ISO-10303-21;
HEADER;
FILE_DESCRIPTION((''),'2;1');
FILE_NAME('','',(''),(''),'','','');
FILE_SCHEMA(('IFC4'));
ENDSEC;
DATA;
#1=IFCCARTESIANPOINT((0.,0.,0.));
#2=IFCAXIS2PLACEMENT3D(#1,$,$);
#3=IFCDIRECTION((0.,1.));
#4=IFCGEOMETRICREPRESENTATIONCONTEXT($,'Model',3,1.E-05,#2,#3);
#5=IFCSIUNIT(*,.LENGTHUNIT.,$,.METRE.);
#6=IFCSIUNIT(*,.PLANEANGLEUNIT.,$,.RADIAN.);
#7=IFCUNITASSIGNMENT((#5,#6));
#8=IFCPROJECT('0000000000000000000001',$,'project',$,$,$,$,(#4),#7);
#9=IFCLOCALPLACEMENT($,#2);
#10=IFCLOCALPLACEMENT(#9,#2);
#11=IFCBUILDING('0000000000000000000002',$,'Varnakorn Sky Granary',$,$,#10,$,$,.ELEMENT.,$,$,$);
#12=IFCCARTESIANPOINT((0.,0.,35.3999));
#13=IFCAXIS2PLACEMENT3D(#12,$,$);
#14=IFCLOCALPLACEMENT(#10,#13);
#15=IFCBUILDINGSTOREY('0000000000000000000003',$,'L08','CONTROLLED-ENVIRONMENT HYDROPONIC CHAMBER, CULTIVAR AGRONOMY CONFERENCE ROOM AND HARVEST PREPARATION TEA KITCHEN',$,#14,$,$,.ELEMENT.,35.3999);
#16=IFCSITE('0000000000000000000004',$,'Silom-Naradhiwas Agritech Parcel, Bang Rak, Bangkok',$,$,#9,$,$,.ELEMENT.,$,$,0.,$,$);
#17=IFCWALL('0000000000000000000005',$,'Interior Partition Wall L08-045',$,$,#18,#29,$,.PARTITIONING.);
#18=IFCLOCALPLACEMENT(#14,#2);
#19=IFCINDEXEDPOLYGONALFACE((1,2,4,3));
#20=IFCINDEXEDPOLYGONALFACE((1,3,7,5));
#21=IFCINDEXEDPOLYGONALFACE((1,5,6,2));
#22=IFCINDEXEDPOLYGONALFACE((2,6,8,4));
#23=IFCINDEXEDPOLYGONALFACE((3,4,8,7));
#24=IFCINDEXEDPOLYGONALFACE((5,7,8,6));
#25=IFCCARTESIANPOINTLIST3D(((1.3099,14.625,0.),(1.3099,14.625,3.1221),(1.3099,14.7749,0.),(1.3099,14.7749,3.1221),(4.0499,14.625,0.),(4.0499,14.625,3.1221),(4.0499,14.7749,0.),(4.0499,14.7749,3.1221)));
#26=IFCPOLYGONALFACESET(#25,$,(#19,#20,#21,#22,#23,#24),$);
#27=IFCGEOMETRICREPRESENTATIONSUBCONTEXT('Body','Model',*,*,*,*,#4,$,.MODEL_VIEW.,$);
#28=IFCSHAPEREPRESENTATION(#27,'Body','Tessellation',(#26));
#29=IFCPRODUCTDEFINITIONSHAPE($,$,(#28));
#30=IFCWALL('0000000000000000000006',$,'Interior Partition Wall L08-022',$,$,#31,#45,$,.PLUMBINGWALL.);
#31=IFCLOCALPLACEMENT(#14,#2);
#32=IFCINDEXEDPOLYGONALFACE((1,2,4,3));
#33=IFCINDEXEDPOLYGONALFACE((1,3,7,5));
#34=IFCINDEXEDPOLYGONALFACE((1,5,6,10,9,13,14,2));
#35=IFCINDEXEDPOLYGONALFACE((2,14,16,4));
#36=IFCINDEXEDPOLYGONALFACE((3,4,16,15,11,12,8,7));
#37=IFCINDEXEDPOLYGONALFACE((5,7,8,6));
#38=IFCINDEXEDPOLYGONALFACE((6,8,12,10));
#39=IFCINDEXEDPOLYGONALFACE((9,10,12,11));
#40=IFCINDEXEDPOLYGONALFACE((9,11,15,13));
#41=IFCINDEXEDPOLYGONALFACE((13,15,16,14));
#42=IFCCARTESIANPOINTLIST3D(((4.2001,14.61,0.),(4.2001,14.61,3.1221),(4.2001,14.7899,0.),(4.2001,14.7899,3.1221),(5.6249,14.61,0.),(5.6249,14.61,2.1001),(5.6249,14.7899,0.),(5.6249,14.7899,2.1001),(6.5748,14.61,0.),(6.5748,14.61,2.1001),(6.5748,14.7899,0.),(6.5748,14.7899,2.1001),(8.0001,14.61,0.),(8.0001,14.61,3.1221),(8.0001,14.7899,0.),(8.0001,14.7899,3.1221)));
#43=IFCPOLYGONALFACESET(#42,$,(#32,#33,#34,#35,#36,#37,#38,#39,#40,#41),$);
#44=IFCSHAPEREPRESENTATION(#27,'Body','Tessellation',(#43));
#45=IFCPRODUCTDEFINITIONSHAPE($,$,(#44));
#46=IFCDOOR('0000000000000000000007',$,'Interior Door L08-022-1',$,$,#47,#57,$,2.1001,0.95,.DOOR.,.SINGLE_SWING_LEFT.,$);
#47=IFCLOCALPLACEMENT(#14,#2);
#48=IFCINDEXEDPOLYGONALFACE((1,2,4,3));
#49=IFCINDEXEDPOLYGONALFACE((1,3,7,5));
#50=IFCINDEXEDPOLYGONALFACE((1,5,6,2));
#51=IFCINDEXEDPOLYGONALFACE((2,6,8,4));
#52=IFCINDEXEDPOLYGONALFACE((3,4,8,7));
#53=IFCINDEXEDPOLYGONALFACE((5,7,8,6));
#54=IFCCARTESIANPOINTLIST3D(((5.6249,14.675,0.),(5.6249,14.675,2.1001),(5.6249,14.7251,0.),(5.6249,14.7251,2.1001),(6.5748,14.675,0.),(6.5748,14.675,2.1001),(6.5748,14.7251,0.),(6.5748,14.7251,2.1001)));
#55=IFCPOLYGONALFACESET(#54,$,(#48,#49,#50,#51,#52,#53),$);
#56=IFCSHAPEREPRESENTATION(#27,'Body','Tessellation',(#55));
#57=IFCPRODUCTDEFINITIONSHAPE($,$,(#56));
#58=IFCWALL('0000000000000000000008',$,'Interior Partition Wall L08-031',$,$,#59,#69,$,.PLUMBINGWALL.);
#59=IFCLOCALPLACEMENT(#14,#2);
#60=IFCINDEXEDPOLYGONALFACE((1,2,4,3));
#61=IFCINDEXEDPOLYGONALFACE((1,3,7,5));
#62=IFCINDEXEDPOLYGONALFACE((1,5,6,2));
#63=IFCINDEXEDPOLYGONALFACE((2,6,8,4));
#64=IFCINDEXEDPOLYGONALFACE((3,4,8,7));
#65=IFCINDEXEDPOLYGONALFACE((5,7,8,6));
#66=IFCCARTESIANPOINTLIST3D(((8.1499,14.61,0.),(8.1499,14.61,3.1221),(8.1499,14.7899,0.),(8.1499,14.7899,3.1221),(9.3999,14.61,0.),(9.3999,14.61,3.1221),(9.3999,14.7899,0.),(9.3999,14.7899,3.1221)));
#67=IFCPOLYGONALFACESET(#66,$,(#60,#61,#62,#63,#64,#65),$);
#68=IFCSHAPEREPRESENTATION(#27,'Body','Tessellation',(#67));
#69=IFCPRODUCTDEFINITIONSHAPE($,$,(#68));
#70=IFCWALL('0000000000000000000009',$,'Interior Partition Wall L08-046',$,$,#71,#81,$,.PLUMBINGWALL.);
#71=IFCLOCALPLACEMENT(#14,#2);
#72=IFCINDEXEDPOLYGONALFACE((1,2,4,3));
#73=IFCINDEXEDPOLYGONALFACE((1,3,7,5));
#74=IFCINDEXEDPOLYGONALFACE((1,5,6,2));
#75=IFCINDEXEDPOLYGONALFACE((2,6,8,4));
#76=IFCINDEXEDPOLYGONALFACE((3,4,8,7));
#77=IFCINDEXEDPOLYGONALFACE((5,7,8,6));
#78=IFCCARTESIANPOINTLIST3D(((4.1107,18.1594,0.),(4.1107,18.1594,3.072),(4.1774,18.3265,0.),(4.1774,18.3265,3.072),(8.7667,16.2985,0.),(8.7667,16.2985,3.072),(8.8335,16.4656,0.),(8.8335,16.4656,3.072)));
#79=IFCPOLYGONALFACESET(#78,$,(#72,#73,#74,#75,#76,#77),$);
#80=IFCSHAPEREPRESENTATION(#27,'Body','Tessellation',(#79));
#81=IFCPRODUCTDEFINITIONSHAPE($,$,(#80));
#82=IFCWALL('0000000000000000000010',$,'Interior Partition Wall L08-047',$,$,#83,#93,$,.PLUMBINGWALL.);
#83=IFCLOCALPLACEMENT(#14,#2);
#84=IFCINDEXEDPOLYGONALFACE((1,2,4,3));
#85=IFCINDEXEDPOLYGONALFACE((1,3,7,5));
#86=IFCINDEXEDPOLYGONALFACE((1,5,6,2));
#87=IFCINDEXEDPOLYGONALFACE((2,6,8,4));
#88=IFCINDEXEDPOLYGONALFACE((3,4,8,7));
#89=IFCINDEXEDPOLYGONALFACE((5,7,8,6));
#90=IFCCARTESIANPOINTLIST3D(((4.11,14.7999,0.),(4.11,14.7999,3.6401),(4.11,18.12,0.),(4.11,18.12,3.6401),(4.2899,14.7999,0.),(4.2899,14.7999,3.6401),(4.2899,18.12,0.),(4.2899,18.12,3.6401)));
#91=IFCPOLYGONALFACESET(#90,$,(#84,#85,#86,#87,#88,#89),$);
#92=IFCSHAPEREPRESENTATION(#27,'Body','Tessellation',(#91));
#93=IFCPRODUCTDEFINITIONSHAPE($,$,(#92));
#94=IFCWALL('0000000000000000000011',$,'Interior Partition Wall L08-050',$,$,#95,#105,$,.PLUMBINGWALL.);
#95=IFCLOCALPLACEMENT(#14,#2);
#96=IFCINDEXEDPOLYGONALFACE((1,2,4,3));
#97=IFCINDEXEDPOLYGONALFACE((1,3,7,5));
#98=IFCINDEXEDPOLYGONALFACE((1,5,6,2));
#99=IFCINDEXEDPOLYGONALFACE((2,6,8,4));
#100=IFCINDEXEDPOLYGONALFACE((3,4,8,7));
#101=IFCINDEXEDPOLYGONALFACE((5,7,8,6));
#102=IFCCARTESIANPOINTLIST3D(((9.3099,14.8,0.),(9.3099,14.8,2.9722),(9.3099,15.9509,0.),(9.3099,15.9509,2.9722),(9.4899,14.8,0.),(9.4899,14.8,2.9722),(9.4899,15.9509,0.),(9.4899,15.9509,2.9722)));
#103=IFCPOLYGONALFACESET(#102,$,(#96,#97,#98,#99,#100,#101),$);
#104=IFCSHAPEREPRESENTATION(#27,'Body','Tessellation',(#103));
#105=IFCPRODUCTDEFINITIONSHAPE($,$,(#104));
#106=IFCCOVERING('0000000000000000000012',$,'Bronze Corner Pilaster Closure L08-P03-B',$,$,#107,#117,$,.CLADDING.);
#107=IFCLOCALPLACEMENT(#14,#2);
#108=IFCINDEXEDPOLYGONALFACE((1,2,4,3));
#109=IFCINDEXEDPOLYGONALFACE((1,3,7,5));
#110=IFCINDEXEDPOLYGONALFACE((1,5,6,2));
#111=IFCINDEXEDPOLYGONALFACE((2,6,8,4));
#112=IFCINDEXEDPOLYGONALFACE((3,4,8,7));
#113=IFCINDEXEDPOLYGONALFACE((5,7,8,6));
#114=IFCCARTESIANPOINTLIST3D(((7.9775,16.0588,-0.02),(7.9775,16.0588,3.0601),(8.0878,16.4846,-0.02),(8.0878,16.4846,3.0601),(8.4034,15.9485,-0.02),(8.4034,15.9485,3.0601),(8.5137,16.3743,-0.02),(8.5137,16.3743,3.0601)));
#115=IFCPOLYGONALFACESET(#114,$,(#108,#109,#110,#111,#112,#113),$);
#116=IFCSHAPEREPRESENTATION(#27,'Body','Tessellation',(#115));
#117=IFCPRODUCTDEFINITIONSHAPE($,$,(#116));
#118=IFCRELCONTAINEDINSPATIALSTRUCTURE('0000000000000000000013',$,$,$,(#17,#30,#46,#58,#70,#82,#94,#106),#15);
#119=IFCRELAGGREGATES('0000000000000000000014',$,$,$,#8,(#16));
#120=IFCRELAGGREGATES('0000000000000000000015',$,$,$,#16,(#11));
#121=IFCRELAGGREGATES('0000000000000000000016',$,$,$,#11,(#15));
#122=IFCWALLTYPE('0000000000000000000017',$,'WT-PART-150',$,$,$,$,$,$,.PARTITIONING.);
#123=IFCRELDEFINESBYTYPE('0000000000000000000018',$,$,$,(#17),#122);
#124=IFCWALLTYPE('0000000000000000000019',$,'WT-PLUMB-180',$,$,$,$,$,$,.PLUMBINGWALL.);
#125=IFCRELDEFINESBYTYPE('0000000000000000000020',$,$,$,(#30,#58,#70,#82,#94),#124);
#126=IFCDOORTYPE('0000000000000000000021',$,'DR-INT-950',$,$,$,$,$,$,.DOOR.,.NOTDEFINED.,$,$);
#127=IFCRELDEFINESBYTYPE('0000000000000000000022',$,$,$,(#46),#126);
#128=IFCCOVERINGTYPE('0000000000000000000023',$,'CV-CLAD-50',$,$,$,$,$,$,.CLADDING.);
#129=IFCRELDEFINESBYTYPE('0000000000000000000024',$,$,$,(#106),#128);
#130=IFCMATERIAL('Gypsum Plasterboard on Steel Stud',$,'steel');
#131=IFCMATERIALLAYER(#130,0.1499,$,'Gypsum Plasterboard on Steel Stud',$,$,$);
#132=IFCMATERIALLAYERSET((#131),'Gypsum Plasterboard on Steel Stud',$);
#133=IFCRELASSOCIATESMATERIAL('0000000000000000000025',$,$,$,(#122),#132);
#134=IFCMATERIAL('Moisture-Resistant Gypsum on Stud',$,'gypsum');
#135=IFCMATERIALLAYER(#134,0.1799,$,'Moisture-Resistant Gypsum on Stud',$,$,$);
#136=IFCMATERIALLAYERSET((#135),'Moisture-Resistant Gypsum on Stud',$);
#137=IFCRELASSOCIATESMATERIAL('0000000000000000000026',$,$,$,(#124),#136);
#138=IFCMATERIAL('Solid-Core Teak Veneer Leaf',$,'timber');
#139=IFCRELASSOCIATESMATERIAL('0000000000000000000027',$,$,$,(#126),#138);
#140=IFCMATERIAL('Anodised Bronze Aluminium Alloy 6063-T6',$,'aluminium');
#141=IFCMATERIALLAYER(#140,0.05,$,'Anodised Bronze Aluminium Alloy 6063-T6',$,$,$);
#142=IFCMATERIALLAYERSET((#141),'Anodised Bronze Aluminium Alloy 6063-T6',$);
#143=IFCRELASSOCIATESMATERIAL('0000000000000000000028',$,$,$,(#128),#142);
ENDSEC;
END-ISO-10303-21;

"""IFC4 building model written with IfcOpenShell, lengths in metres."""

from ifc_helpers import new_model, si_unit, direction, frame, frame_2d, origin, origin_2d, place, context, subcontext, project, spatial, rectangle, extrude, source, transform, mapped, material, layer, layer_set, type_object, type_shapes, element, fill, save


model = new_model("IFC4")

# Units and contexts
model_context = context("Model", 3, precision=1e-05, world=origin(), true_north=direction((0.0, 1.0)))
body_context = subcontext(model_context, "Body", "Model", "MODEL_VIEW")
ifc_project = project(units=[si_unit("LENGTHUNIT", "METRE"), si_unit("PLANEANGLEUNIT", "RADIAN")], contexts=[model_context])

# Site, building, storey
site_placement = place(None, origin())
site = spatial("IfcSite", under=ifc_project, at=site_placement, Name="Silom-Naradhiwas Agritech Parcel, Bang Rak, Bangkok", CompositionType="ELEMENT", RefElevation=0.0)
building_placement = place(site_placement, origin())
building = spatial("IfcBuilding", under=site, at=building_placement, Name="Varnakorn Sky Granary", CompositionType="ELEMENT")
storey_placement = place(building_placement, frame((0.0, 0.0, 35.3999)))
storey = spatial("IfcBuildingStorey", under=building, at=storey_placement, Name="L08", Description="CONTROLLED-ENVIRONMENT HYDROPONIC CHAMBER, CULTIVAR AGRONOMY CONFERENCE ROOM AND HARVEST PREPARATION TEA KITCHEN", CompositionType="ELEMENT", Elevation=35.3999)

# Shared definitions
ifc_material_1 = material(Name="Anodised Bronze Aluminium Alloy 6063-T6", Category="aluminium")

# Wall
ifc_material_2 = material(Name="Gypsum Plasterboard on Steel Stud", Category="steel")
ifc_layer_1 = layer(ifc_material_2, 0.1499, Name="Gypsum Plasterboard on Steel Stud")
ifc_layer_set_1 = layer_set([ifc_layer_1], Name="Gypsum Plasterboard on Steel Stud")
wall_type_1 = type_object("IfcWallType", Name="WT-PART-150", PredefinedType="PARTITIONING", material=ifc_layer_set_1)
wall_1_placement = place(storey_placement, frame((4.05, 14.7, 0.0), z_axis=(0.0, 0.0, 1.0), x_axis=(-1.0, 0.0, 0.0)))
element("IfcWall", 1, at=wall_1_placement, inside=storey, type_object=wall_type_1, Name="Interior Partition Wall L08-045", PredefinedType="PARTITIONING", context=body_context, shape_type="SweptSolid", body=[
    extrude(rectangle(XDim=2.74, YDim=0.1499, at=frame_2d((1.3701, 0.0))), origin(), (0.0, 0.0, 1.0), 3.1221),
])

# Wall, opening, door
ifc_material_3 = material(Name="Moisture-Resistant Gypsum on Stud", Category="gypsum")
ifc_layer_2 = layer(ifc_material_3, 0.1799, Name="Moisture-Resistant Gypsum on Stud")
ifc_layer_set_2 = layer_set([ifc_layer_2], Name="Moisture-Resistant Gypsum on Stud")
wall_type_2 = type_object("IfcWallType", Name="WT-PLUMB-180", PredefinedType="PLUMBINGWALL", material=ifc_layer_set_2)
wall_2_placement = place(storey_placement, frame((8.0, 14.7, 0.0), z_axis=(0.0, 0.0, 1.0), x_axis=(-1.0, 0.0, 0.0)))
wall_2 = element("IfcWall", 2, at=wall_2_placement, inside=storey, type_object=wall_type_2, Name="Interior Partition Wall L08-022", PredefinedType="PLUMBINGWALL", context=body_context, shape_type="SweptSolid", body=[
    extrude(rectangle(XDim=3.8, YDim=0.1799, at=frame_2d((1.8999, 0.0))), origin(), (0.0, 0.0, 1.0), 3.1221),
])
opening_placement = place(wall_2_placement, frame((1.425, 0.0, 0.0)))
opening = element("IfcOpeningElement", 3, at=opening_placement, cuts=wall_2, PredefinedType="OPENING", context=body_context, shape_type="SweptSolid", body=[
    extrude(rectangle(XDim=0.95, YDim=2.1001, at=frame_2d((0.4751, 1.05))), frame((0.0, 0.1001, 0.0), z_axis=(0.0, -1.0, 0.0), x_axis=(1.0, 0.0, 0.0)), (0.0, 0.0, 1.0), 0.2),
])
ifc_material_4 = material(Name="Solid-Core Teak Veneer Leaf", Category="timber")
door_type = type_object("IfcDoorType", Name="DR-INT-950", OperationType="NOTDEFINED", PredefinedType="DOOR", material=ifc_material_4)
door_placement = place(opening_placement, origin())
door = element("IfcDoor", 4, at=door_placement, inside=storey, type_object=door_type, Name="Interior Door L08-022-1", OperationType="SINGLE_SWING_LEFT", OverallHeight=2.1001, OverallWidth=0.95, PredefinedType="DOOR", context=body_context, shape_type="SweptSolid", body=[
    extrude(rectangle(XDim=0.95, YDim=2.1001, at=frame_2d((0.4751, 1.05))), frame((0.0, 0.0249, 0.0), z_axis=(0.0, -1.0, 0.0), x_axis=(1.0, 0.0, 0.0)), (0.0, 0.0, 1.0), 0.05),
])
fill(opening, door)

# Walls
wall_3_placement = place(storey_placement, frame((9.3999, 14.7, 0.0), z_axis=(0.0, 0.0, 1.0), x_axis=(-1.0, 0.0, 0.0)))
element("IfcWall", 5, at=wall_3_placement, inside=storey, type_object=wall_type_2, Name="Interior Partition Wall L08-031", PredefinedType="PLUMBINGWALL", context=body_context, shape_type="SweptSolid", body=[
    extrude(rectangle(XDim=1.25, YDim=0.1799, at=frame_2d((0.625, 0.0))), origin(), (0.0, 0.0, 1.0), 3.1221),
])
wall_4_placement = place(storey_placement, frame((4.144, 18.2429, 0.0), z_axis=(0.0, 0.0, 1.0), x_axis=(0.928584, -0.371122, 0.0)))
element("IfcWall", 6, at=wall_4_placement, inside=storey, type_object=wall_type_2, Name="Interior Partition Wall L08-046", PredefinedType="PLUMBINGWALL", context=body_context, shape_type="SweptSolid", body=[
    extrude(rectangle(XDim=5.0142, YDim=0.1799, at=frame_2d((2.5071, 0.0))), origin(), (0.0, 0.0, 1.0), 3.072),
])
wall_5_placement = place(storey_placement, frame((4.2, 18.1201, 0.0), z_axis=(0.0, 0.0, 1.0), x_axis=(0.0, -1.0, 0.0)))
element("IfcWall", 7, at=wall_5_placement, inside=storey, type_object=wall_type_2, Name="Interior Partition Wall L08-047", PredefinedType="PLUMBINGWALL", context=body_context, shape_type="SweptSolid", body=[
    extrude(rectangle(XDim=3.3201, YDim=0.1799, at=frame_2d((1.6602, 0.0))), origin(), (0.0, 0.0, 1.0), 3.6401),
])
wall_6_placement = place(storey_placement, frame((9.3999, 14.8, 0.0), z_axis=(0.0, 0.0, 1.0), x_axis=(0.0, 1.0, 0.0)))
element("IfcWall", 8, at=wall_6_placement, inside=storey, type_object=wall_type_2, Name="Interior Partition Wall L08-050", PredefinedType="PLUMBINGWALL", context=body_context, shape_type="SweptSolid", body=[
    extrude(rectangle(XDim=1.1509, YDim=0.1799, at=frame_2d((0.5754, 0.0))), origin(), (0.0, 0.0, 1.0), 2.9722),
])

# Covering
ifc_layer_3 = layer(ifc_material_1, 0.05, Name="Anodised Bronze Aluminium Alloy 6063-T6")
ifc_layer_set_3 = layer_set([ifc_layer_3], Name="Anodised Bronze Aluminium Alloy 6063-T6")
covering_type = type_object("IfcCoveringType", Name="CV-CLAD-50", PredefinedType="CLADDING", material=ifc_layer_set_3)
shared_shape = source(origin(), body_context, "Body", "SweptSolid", [
    extrude(rectangle(XDim=0.4399, YDim=0.4399, at=origin_2d()), origin(), (0.0, 0.0, 1.0), 3.0801),
])
type_shapes(covering_type, [shared_shape])
covering_placement = place(storey_placement, frame((8.2456, 16.2166, -0.02), z_axis=(0.0, 0.0, 1.0), x_axis=(0.96806, -0.250718, 0.0)))
element("IfcCovering", 9, at=covering_placement, inside=storey, type_object=covering_type, Name="Bronze Corner Pilaster Closure L08-P03-B", PredefinedType="CLADDING", context=body_context, shape_type="MappedRepresentation", body=[
    mapped(shared_shape, transform((0.0, 0.0, 0.0), x_axis=(1.0, 0.0, 0.0), y_axis=(0.0, 1.0, 0.0), z_axis=(0.0, 0.0, 1.0), scale=1.0)),
])

save(model, "model.ifc")
